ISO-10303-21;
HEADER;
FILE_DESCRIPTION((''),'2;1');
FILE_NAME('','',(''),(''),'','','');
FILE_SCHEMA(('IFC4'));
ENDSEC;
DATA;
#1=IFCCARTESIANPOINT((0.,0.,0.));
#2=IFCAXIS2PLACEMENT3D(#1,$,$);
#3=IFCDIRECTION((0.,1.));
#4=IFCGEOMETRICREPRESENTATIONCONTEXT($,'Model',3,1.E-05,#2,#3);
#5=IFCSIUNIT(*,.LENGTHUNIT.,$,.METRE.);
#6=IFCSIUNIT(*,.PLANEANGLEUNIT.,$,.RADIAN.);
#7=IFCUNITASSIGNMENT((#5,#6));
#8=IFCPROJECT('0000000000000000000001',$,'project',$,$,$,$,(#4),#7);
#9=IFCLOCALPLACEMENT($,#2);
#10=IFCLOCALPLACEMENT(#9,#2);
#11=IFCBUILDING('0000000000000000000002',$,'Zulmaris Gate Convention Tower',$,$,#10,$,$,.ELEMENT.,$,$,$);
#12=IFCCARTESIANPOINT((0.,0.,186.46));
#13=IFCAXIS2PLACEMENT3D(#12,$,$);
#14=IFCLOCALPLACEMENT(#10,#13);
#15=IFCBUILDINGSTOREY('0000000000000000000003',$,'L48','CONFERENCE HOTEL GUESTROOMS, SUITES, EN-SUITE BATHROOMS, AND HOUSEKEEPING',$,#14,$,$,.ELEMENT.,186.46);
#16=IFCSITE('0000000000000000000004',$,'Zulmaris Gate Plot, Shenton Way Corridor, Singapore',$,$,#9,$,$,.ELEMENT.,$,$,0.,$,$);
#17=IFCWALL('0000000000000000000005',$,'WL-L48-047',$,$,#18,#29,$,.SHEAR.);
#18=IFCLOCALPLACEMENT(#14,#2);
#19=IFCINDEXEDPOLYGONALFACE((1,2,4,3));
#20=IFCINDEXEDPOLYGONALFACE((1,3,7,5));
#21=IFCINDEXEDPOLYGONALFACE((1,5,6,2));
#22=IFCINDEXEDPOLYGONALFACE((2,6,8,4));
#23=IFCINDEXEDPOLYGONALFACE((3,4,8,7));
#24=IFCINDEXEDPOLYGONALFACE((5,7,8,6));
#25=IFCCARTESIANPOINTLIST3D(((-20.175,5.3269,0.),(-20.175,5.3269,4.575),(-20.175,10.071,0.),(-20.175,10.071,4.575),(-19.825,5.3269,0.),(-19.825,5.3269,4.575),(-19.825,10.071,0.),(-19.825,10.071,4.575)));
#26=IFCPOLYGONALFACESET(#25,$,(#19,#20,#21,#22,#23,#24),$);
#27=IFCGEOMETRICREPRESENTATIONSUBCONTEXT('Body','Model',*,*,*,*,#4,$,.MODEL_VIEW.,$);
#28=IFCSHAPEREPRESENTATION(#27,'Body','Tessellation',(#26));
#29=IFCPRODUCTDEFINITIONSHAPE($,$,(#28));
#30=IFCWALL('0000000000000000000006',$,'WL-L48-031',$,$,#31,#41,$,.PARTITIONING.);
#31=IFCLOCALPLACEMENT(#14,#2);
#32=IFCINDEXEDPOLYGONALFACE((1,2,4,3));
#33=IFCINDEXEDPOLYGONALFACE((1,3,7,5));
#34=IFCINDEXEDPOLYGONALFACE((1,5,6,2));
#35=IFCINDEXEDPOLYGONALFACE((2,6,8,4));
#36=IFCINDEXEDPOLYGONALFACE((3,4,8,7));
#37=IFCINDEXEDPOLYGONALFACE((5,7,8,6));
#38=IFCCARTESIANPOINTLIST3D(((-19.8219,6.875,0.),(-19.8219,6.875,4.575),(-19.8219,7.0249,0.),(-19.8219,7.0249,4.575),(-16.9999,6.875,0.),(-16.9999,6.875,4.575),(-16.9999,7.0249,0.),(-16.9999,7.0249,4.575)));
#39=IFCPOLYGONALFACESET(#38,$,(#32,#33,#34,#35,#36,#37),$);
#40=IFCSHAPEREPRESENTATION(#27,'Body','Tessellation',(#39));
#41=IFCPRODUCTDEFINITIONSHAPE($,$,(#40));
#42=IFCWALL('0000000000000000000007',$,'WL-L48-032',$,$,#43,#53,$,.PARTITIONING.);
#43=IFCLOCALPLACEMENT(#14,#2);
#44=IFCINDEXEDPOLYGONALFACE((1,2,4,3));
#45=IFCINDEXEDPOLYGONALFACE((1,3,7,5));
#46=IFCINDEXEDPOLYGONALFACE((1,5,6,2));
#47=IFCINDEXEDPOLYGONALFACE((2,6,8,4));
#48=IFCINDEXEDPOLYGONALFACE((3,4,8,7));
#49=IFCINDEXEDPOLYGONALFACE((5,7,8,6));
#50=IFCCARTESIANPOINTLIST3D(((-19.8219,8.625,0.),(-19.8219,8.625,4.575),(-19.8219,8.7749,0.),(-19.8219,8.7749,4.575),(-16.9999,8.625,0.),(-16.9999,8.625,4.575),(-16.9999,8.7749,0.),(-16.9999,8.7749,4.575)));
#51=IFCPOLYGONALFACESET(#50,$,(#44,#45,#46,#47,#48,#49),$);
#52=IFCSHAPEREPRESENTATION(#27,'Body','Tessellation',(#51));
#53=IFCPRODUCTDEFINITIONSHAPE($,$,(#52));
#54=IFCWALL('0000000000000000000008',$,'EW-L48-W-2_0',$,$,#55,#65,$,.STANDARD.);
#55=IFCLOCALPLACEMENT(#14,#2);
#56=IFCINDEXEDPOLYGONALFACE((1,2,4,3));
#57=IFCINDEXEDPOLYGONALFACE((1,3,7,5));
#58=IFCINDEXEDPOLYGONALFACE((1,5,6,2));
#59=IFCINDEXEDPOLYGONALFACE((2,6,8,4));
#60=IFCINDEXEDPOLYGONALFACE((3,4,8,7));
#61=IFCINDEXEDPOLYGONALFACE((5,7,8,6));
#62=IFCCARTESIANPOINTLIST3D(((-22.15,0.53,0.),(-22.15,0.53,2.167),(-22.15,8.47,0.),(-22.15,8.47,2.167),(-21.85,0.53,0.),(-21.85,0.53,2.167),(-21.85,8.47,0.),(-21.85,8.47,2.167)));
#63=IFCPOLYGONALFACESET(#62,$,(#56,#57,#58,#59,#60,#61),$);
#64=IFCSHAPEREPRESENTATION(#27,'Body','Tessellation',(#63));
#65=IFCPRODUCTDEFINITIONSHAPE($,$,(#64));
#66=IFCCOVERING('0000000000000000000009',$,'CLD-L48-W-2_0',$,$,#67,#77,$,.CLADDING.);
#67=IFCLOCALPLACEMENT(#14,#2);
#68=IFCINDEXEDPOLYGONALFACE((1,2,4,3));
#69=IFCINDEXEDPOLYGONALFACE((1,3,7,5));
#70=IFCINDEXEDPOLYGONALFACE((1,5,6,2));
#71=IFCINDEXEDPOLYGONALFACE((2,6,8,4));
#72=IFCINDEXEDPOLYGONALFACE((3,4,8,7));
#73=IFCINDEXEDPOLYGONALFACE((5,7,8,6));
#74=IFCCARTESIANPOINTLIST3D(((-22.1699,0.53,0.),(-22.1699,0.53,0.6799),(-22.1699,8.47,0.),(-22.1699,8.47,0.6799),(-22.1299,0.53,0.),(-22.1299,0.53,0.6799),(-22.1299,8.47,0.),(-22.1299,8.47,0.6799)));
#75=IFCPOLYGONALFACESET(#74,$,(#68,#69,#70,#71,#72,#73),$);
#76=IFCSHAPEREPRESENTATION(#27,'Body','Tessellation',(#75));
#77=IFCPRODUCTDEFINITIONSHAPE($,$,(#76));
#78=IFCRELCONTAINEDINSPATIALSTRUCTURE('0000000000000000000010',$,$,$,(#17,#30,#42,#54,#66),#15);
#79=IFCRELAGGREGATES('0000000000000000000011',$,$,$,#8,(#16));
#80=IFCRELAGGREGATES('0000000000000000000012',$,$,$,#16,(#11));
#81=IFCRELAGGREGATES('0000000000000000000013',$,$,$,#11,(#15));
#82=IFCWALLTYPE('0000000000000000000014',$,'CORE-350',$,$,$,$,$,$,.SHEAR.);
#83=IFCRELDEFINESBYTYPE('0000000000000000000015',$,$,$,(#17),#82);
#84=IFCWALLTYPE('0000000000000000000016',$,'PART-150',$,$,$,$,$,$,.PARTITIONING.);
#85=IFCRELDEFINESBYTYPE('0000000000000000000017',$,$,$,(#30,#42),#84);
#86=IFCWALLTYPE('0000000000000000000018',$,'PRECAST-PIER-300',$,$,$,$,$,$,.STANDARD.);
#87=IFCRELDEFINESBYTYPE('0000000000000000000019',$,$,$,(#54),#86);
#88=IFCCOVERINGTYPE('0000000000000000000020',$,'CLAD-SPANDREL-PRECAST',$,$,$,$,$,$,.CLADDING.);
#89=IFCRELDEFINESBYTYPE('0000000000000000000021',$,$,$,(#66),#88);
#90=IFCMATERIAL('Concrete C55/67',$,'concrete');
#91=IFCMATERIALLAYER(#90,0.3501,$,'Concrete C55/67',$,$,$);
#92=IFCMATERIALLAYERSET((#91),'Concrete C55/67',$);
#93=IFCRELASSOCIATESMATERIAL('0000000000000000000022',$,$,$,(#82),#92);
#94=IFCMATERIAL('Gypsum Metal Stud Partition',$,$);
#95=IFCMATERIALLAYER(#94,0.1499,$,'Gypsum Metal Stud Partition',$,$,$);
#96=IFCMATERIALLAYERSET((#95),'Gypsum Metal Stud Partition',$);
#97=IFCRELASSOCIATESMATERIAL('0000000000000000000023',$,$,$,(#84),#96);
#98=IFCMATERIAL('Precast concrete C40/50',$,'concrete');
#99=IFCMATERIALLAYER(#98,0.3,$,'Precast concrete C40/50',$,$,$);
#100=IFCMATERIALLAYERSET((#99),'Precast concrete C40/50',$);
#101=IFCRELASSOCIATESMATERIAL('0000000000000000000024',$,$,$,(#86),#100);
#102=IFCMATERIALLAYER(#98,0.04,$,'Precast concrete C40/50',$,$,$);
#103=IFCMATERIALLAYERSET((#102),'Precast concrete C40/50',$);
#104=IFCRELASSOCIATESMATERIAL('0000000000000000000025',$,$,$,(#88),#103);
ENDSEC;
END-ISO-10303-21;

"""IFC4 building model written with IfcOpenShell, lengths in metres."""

from ifc_helpers import new_model, si_unit, direction, frame, frame_2d, origin, place, context, subcontext, project, spatial, rectangle, extrude, material, layer, layer_set, type_object, element, save


model = new_model("IFC4")

# Units and contexts
model_context = context("Model", 3, precision=1e-05, world=origin(), true_north=direction((0.0, 1.0)))
body_context = subcontext(model_context, "Body", "Model", "MODEL_VIEW")
ifc_project = project(units=[si_unit("LENGTHUNIT", "METRE"), si_unit("PLANEANGLEUNIT", "RADIAN")], contexts=[model_context])

# Site, building, storey
site_placement = place(None, origin())
site = spatial("IfcSite", under=ifc_project, at=site_placement, Name="Zulmaris Gate Plot, Shenton Way Corridor, Singapore", CompositionType="ELEMENT", RefElevation=0.0)
building_placement = place(site_placement, origin())
building = spatial("IfcBuilding", under=site, at=building_placement, Name="Zulmaris Gate Convention Tower", CompositionType="ELEMENT")
storey_placement = place(building_placement, frame((0.0, 0.0, 186.46)))
storey = spatial("IfcBuildingStorey", under=building, at=storey_placement, Name="L48", Description="CONFERENCE HOTEL GUESTROOMS, SUITES, EN-SUITE BATHROOMS, AND HOUSEKEEPING", CompositionType="ELEMENT", Elevation=186.46)

# Walls
ifc_material_1 = material(Name="Concrete C55/67", Category="concrete")
ifc_layer_1 = layer(ifc_material_1, 0.3501, Name="Concrete C55/67")
ifc_layer_set_1 = layer_set([ifc_layer_1], Name="Concrete C55/67")
wall_type_1 = type_object("IfcWallType", Name="CORE-350", PredefinedType="SHEAR", material=ifc_layer_set_1)
wall_1_placement = place(storey_placement, frame((-20.0, 5.3269, 0.0), z_axis=(0.0, 0.0, 1.0), x_axis=(0.0, 1.0, 0.0)))
element("IfcWall", 1, at=wall_1_placement, inside=storey, type_object=wall_type_1, Name="WL-L48-047", PredefinedType="SHEAR", context=body_context, shape_type="SweptSolid", body=[
    extrude(rectangle(XDim=4.7441, YDim=0.3501, at=frame_2d((2.3721, 0.0))), origin(), (0.0, 0.0, 1.0), 4.575),
])
ifc_material_2 = material(Name="Gypsum Metal Stud Partition")
ifc_layer_2 = layer(ifc_material_2, 0.1499, Name="Gypsum Metal Stud Partition")
ifc_layer_set_2 = layer_set([ifc_layer_2], Name="Gypsum Metal Stud Partition")
wall_type_2 = type_object("IfcWallType", Name="PART-150", PredefinedType="PARTITIONING", material=ifc_layer_set_2)
for number, where, z_axis, x_axis, name in (
    (2, (-19.822, 6.95, 0.0), (0.0, 0.0, 1.0), (1.0, 0.0, 0.0), "WL-L48-031"),
    (3, (-19.822, 8.7, 0.0), (0.0, 0.0, 1.0), (1.0, 0.0, 0.0), "WL-L48-032"),
):
    element("IfcWall", number, at=place(storey_placement, frame(where, z_axis=z_axis, x_axis=x_axis)), inside=storey, type_object=wall_type_2, Name=name, PredefinedType="PARTITIONING", context=body_context, shape_type="SweptSolid", body=[
        extrude(rectangle(XDim=2.822, YDim=0.1499, at=frame_2d((1.4111, 0.0))), origin(), (0.0, 0.0, 1.0), 4.575),
    ])

# Wall
ifc_material_3 = material(Name="Precast concrete C40/50", Category="concrete")
ifc_layer_3 = layer(ifc_material_3, 0.3, Name="Precast concrete C40/50")
ifc_layer_set_3 = layer_set([ifc_layer_3], Name="Precast concrete C40/50")
wall_type_3 = type_object("IfcWallType", Name="PRECAST-PIER-300", PredefinedType="STANDARD", material=ifc_layer_set_3)
wall_2_placement = place(storey_placement, frame((-22.0, 8.47, 0.0), z_axis=(0.0, 0.0, 1.0), x_axis=(0.0, -1.0, 0.0)))
element("IfcWall", 4, at=wall_2_placement, inside=storey, type_object=wall_type_3, Name="EW-L48-W-2_0", PredefinedType="STANDARD", context=body_context, shape_type="SweptSolid", body=[
    extrude(rectangle(XDim=7.9399, YDim=0.3, at=frame_2d((3.97, 0.0))), origin(), (0.0, 0.0, 1.0), 2.167),
])

# Covering
ifc_layer_4 = layer(ifc_material_3, 0.04, Name="Precast concrete C40/50")
ifc_layer_set_4 = layer_set([ifc_layer_4], Name="Precast concrete C40/50")
covering_type = type_object("IfcCoveringType", Name="CLAD-SPANDREL-PRECAST", PredefinedType="CLADDING", material=ifc_layer_set_4)
covering_placement = place(storey_placement, frame((-22.1499, 8.47, 0.0), z_axis=(0.0, 0.0, 1.0), x_axis=(0.0, -1.0, 0.0)))
element("IfcCovering", 5, at=covering_placement, inside=storey, type_object=covering_type, Name="CLD-L48-W-2_0", PredefinedType="CLADDING", context=body_context, shape_type="SweptSolid", body=[
    extrude(rectangle(XDim=7.9399, YDim=0.04, at=frame_2d((3.97, 0.0))), origin(), (0.0, 0.0, 1.0), 0.6799),
])

save(model, "model.ifc")
